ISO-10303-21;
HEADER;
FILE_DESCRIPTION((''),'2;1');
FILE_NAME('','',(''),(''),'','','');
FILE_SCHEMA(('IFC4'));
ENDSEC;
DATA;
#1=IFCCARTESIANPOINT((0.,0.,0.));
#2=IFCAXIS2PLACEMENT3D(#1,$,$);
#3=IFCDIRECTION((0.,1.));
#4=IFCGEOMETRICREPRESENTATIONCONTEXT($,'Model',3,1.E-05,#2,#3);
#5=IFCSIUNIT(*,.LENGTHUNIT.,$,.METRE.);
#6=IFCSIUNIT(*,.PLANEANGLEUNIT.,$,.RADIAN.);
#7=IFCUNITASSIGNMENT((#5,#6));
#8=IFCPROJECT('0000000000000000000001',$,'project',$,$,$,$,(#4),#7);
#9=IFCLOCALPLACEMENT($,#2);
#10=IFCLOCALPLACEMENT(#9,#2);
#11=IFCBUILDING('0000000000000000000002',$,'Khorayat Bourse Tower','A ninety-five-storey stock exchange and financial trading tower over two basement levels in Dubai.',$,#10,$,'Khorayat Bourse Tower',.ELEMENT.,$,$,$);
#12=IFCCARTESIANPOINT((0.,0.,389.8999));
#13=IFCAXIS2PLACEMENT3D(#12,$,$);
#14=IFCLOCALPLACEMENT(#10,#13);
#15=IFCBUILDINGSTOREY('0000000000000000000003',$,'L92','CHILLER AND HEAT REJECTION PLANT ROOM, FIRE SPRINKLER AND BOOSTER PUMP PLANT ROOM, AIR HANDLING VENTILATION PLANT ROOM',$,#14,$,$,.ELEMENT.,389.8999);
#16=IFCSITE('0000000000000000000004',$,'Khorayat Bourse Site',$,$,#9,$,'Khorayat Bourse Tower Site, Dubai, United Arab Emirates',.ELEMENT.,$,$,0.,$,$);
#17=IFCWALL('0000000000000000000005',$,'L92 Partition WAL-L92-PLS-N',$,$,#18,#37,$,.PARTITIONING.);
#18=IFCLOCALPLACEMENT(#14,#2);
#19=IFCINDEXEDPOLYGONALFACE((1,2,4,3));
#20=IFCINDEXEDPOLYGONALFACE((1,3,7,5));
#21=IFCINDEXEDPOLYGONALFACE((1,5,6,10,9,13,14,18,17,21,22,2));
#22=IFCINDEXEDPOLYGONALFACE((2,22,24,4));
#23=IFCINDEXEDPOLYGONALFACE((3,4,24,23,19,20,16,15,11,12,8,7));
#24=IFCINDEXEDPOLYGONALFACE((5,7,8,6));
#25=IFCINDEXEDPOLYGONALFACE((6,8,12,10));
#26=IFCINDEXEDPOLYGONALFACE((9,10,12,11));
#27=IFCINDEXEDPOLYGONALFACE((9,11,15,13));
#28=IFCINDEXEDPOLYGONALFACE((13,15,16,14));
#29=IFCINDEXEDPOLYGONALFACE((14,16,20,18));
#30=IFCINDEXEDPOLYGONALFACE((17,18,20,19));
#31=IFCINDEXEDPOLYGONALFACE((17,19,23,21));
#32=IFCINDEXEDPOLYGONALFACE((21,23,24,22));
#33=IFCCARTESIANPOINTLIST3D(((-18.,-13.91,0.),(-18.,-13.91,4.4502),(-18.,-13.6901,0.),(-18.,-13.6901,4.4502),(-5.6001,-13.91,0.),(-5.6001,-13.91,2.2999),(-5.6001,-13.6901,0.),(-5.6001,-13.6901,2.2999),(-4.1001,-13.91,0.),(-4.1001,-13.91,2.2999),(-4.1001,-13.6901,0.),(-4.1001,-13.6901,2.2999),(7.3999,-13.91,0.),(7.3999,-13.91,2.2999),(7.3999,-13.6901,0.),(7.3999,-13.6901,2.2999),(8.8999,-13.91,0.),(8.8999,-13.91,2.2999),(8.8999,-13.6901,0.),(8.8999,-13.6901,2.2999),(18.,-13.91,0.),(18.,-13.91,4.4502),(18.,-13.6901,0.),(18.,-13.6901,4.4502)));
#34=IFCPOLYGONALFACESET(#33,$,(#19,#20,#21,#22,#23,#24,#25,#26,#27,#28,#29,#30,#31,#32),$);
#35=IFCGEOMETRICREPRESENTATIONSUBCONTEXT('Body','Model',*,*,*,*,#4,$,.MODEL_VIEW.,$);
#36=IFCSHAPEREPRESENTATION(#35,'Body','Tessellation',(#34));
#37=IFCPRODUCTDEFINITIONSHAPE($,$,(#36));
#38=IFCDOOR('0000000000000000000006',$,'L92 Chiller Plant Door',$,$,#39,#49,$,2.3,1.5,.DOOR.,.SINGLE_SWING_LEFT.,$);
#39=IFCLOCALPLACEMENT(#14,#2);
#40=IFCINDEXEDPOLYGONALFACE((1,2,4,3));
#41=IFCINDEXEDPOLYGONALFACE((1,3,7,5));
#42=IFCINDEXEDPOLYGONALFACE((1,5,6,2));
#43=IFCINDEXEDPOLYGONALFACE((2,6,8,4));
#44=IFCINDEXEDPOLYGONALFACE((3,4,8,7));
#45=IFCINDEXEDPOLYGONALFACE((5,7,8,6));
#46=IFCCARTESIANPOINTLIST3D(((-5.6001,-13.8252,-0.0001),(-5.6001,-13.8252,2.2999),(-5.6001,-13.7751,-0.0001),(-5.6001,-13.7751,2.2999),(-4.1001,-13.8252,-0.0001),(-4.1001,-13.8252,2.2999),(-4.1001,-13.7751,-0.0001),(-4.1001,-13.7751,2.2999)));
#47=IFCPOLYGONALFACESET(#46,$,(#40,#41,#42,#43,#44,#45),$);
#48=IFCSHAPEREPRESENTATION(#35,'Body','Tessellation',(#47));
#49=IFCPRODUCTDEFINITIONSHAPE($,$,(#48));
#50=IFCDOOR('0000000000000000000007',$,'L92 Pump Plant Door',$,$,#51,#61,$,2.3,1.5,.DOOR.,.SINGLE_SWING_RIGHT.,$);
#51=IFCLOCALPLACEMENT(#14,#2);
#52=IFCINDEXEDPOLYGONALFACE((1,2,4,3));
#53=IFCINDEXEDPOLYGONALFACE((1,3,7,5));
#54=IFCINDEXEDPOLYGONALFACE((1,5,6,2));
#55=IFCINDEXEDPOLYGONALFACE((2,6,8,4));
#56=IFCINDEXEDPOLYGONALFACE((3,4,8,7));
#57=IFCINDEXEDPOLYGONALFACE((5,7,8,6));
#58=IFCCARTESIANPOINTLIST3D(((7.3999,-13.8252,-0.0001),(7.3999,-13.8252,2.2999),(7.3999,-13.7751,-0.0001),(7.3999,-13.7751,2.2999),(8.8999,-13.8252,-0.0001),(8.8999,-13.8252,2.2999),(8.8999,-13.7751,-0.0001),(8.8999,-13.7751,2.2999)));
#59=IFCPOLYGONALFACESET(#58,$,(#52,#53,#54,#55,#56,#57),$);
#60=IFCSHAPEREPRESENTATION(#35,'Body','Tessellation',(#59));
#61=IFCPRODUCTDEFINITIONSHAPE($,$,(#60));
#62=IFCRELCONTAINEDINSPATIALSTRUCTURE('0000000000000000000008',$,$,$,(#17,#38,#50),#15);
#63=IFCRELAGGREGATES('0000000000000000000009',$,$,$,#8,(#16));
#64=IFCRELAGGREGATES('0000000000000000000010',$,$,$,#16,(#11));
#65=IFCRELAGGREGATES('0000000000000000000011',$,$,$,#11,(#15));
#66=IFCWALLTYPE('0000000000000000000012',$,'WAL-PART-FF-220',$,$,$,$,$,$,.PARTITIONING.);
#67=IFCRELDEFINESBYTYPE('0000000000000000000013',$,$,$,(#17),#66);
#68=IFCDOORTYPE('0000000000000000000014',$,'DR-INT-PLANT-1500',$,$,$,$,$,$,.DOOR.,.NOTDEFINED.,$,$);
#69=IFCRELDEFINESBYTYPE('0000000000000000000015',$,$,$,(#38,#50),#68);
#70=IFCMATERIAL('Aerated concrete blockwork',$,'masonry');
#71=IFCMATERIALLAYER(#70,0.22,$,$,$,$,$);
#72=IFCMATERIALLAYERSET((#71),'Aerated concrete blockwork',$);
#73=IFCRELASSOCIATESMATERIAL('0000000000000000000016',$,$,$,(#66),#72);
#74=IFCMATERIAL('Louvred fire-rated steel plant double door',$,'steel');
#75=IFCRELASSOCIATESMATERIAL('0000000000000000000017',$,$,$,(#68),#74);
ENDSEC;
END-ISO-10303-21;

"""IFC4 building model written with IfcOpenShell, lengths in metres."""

from ifc_helpers import new_model, si_unit, direction, frame, frame_2d, origin, place, context, subcontext, project, spatial, rectangle, extrude, source, transform, mapped, material, layer, layer_set, type_object, element, fill, save


model = new_model("IFC4")

# Units and contexts
model_context = context("Model", 3, precision=1e-05, world=origin(), true_north=direction((0.0, 1.0)))
body_context = subcontext(model_context, "Body", "Model", "MODEL_VIEW")
ifc_project = project(units=[si_unit("LENGTHUNIT", "METRE"), si_unit("PLANEANGLEUNIT", "RADIAN")], contexts=[model_context])

# Site, building, storey
site_placement = place(None, origin())
site = spatial("IfcSite", under=ifc_project, at=site_placement, Name="Khorayat Bourse Site", LongName="Khorayat Bourse Tower Site, Dubai, United Arab Emirates", CompositionType="ELEMENT", RefElevation=0.0)
building_placement = place(site_placement, origin())
building = spatial("IfcBuilding", under=site, at=building_placement, Name="Khorayat Bourse Tower", Description="A ninety-five-storey stock exchange and financial trading tower over two basement levels in Dubai.", LongName="Khorayat Bourse Tower", CompositionType="ELEMENT")
storey_placement = place(building_placement, frame((0.0, 0.0, 389.8999)))
storey = spatial("IfcBuildingStorey", under=building, at=storey_placement, Name="L92", Description="CHILLER AND HEAT REJECTION PLANT ROOM, FIRE SPRINKLER AND BOOSTER PUMP PLANT ROOM, AIR HANDLING VENTILATION PLANT ROOM", CompositionType="ELEMENT", Elevation=389.8999)

# Wall, openings, doors
ifc_material_1 = material(Name="Aerated concrete blockwork", Category="masonry")
ifc_layer_1 = layer(ifc_material_1, 0.22)
ifc_layer_set_1 = layer_set([ifc_layer_1], Name="Aerated concrete blockwork")
wall_type_1 = type_object("IfcWallType", Name="WAL-PART-FF-220", PredefinedType="PARTITIONING", material=ifc_layer_set_1)
shared_shape_1 = source(origin(), body_context, "Body", "SweptSolid", [
    extrude(rectangle(XDim=36.0, YDim=0.22, at=frame_2d((18.0, 0.0))), origin(), (0.0, 0.0, 1.0), 4.4502),
])
wall_1_placement = place(storey_placement, frame((-18.0, -13.8, 0.0), z_axis=(0.0, 0.0, 1.0), x_axis=(1.0, 0.0, 0.0)))
wall_1 = element("IfcWall", 1, at=wall_1_placement, inside=storey, type_object=wall_type_1, Name="L92 Partition WAL-L92-PLS-N", PredefinedType="PARTITIONING", context=body_context, shape_type="MappedRepresentation", body=[
    mapped(shared_shape_1, transform((0.0, 0.0, 0.0), scale=1.0)),
])
shared_shape_2 = source(origin(), body_context, "Body", "SweptSolid", [
    extrude(rectangle(XDim=1.5, YDim=2.3, at=frame_2d((0.75, 1.1499))), frame((0.0, 0.1199, 0.0), z_axis=(0.0, -1.0, 0.0), x_axis=(1.0, 0.0, 0.0)), (0.0, 0.0, 1.0), 0.24),
])
opening_1_placement = place(wall_1_placement, frame((12.3999, 0.0, 0.0)))
opening_1 = element("IfcOpeningElement", 2, at=opening_1_placement, cuts=wall_1, PredefinedType="OPENING", context=body_context, shape_type="MappedRepresentation", body=[
    mapped(shared_shape_2, transform((0.0, 0.0, 0.0), scale=1.0)),
])
opening_2_placement = place(wall_1_placement, frame((25.3999, 0.0, 0.0)))
opening_2 = element("IfcOpeningElement", 3, at=opening_2_placement, cuts=wall_1, PredefinedType="OPENING", context=body_context, shape_type="MappedRepresentation", body=[
    mapped(shared_shape_2, transform((0.0, 0.0, 0.0), scale=1.0)),
])
ifc_material_2 = material(Name="Louvred fire-rated steel plant double door", Category="steel")
door_type_1 = type_object("IfcDoorType", Name="DR-INT-PLANT-1500", OperationType="NOTDEFINED", PredefinedType="DOOR", material=ifc_material_2)
shared_shape_3 = source(origin(), body_context, "Body", "SweptSolid", [
    extrude(rectangle(XDim=1.5, YDim=2.3, at=frame_2d((0.75, 1.1499))), frame((0.0, 0.0249, 0.0), z_axis=(0.0, -1.0, 0.0), x_axis=(1.0, 0.0, 0.0)), (0.0, 0.0, 1.0), 0.05),
])
door_1_placement = place(opening_1_placement, origin())
door_1 = element("IfcDoor", 4, at=door_1_placement, inside=storey, type_object=door_type_1, Name="L92 Chiller Plant Door", OperationType="SINGLE_SWING_LEFT", OverallHeight=2.3, OverallWidth=1.5, PredefinedType="DOOR", context=body_context, shape_type="MappedRepresentation", body=[
    mapped(shared_shape_3, transform((0.0, 0.0, 0.0), scale=1.0)),
])
fill(opening_1, door_1)
door_2_placement = place(opening_2_placement, origin())
door_2 = element("IfcDoor", 5, at=door_2_placement, inside=storey, type_object=door_type_1, Name="L92 Pump Plant Door", OperationType="SINGLE_SWING_RIGHT", OverallHeight=2.3, OverallWidth=1.5, PredefinedType="DOOR", context=body_context, shape_type="MappedRepresentation", body=[
    mapped(shared_shape_3, transform((0.0, 0.0, 0.0), scale=1.0)),
])
fill(opening_2, door_2)

save(model, "model.ifc")
